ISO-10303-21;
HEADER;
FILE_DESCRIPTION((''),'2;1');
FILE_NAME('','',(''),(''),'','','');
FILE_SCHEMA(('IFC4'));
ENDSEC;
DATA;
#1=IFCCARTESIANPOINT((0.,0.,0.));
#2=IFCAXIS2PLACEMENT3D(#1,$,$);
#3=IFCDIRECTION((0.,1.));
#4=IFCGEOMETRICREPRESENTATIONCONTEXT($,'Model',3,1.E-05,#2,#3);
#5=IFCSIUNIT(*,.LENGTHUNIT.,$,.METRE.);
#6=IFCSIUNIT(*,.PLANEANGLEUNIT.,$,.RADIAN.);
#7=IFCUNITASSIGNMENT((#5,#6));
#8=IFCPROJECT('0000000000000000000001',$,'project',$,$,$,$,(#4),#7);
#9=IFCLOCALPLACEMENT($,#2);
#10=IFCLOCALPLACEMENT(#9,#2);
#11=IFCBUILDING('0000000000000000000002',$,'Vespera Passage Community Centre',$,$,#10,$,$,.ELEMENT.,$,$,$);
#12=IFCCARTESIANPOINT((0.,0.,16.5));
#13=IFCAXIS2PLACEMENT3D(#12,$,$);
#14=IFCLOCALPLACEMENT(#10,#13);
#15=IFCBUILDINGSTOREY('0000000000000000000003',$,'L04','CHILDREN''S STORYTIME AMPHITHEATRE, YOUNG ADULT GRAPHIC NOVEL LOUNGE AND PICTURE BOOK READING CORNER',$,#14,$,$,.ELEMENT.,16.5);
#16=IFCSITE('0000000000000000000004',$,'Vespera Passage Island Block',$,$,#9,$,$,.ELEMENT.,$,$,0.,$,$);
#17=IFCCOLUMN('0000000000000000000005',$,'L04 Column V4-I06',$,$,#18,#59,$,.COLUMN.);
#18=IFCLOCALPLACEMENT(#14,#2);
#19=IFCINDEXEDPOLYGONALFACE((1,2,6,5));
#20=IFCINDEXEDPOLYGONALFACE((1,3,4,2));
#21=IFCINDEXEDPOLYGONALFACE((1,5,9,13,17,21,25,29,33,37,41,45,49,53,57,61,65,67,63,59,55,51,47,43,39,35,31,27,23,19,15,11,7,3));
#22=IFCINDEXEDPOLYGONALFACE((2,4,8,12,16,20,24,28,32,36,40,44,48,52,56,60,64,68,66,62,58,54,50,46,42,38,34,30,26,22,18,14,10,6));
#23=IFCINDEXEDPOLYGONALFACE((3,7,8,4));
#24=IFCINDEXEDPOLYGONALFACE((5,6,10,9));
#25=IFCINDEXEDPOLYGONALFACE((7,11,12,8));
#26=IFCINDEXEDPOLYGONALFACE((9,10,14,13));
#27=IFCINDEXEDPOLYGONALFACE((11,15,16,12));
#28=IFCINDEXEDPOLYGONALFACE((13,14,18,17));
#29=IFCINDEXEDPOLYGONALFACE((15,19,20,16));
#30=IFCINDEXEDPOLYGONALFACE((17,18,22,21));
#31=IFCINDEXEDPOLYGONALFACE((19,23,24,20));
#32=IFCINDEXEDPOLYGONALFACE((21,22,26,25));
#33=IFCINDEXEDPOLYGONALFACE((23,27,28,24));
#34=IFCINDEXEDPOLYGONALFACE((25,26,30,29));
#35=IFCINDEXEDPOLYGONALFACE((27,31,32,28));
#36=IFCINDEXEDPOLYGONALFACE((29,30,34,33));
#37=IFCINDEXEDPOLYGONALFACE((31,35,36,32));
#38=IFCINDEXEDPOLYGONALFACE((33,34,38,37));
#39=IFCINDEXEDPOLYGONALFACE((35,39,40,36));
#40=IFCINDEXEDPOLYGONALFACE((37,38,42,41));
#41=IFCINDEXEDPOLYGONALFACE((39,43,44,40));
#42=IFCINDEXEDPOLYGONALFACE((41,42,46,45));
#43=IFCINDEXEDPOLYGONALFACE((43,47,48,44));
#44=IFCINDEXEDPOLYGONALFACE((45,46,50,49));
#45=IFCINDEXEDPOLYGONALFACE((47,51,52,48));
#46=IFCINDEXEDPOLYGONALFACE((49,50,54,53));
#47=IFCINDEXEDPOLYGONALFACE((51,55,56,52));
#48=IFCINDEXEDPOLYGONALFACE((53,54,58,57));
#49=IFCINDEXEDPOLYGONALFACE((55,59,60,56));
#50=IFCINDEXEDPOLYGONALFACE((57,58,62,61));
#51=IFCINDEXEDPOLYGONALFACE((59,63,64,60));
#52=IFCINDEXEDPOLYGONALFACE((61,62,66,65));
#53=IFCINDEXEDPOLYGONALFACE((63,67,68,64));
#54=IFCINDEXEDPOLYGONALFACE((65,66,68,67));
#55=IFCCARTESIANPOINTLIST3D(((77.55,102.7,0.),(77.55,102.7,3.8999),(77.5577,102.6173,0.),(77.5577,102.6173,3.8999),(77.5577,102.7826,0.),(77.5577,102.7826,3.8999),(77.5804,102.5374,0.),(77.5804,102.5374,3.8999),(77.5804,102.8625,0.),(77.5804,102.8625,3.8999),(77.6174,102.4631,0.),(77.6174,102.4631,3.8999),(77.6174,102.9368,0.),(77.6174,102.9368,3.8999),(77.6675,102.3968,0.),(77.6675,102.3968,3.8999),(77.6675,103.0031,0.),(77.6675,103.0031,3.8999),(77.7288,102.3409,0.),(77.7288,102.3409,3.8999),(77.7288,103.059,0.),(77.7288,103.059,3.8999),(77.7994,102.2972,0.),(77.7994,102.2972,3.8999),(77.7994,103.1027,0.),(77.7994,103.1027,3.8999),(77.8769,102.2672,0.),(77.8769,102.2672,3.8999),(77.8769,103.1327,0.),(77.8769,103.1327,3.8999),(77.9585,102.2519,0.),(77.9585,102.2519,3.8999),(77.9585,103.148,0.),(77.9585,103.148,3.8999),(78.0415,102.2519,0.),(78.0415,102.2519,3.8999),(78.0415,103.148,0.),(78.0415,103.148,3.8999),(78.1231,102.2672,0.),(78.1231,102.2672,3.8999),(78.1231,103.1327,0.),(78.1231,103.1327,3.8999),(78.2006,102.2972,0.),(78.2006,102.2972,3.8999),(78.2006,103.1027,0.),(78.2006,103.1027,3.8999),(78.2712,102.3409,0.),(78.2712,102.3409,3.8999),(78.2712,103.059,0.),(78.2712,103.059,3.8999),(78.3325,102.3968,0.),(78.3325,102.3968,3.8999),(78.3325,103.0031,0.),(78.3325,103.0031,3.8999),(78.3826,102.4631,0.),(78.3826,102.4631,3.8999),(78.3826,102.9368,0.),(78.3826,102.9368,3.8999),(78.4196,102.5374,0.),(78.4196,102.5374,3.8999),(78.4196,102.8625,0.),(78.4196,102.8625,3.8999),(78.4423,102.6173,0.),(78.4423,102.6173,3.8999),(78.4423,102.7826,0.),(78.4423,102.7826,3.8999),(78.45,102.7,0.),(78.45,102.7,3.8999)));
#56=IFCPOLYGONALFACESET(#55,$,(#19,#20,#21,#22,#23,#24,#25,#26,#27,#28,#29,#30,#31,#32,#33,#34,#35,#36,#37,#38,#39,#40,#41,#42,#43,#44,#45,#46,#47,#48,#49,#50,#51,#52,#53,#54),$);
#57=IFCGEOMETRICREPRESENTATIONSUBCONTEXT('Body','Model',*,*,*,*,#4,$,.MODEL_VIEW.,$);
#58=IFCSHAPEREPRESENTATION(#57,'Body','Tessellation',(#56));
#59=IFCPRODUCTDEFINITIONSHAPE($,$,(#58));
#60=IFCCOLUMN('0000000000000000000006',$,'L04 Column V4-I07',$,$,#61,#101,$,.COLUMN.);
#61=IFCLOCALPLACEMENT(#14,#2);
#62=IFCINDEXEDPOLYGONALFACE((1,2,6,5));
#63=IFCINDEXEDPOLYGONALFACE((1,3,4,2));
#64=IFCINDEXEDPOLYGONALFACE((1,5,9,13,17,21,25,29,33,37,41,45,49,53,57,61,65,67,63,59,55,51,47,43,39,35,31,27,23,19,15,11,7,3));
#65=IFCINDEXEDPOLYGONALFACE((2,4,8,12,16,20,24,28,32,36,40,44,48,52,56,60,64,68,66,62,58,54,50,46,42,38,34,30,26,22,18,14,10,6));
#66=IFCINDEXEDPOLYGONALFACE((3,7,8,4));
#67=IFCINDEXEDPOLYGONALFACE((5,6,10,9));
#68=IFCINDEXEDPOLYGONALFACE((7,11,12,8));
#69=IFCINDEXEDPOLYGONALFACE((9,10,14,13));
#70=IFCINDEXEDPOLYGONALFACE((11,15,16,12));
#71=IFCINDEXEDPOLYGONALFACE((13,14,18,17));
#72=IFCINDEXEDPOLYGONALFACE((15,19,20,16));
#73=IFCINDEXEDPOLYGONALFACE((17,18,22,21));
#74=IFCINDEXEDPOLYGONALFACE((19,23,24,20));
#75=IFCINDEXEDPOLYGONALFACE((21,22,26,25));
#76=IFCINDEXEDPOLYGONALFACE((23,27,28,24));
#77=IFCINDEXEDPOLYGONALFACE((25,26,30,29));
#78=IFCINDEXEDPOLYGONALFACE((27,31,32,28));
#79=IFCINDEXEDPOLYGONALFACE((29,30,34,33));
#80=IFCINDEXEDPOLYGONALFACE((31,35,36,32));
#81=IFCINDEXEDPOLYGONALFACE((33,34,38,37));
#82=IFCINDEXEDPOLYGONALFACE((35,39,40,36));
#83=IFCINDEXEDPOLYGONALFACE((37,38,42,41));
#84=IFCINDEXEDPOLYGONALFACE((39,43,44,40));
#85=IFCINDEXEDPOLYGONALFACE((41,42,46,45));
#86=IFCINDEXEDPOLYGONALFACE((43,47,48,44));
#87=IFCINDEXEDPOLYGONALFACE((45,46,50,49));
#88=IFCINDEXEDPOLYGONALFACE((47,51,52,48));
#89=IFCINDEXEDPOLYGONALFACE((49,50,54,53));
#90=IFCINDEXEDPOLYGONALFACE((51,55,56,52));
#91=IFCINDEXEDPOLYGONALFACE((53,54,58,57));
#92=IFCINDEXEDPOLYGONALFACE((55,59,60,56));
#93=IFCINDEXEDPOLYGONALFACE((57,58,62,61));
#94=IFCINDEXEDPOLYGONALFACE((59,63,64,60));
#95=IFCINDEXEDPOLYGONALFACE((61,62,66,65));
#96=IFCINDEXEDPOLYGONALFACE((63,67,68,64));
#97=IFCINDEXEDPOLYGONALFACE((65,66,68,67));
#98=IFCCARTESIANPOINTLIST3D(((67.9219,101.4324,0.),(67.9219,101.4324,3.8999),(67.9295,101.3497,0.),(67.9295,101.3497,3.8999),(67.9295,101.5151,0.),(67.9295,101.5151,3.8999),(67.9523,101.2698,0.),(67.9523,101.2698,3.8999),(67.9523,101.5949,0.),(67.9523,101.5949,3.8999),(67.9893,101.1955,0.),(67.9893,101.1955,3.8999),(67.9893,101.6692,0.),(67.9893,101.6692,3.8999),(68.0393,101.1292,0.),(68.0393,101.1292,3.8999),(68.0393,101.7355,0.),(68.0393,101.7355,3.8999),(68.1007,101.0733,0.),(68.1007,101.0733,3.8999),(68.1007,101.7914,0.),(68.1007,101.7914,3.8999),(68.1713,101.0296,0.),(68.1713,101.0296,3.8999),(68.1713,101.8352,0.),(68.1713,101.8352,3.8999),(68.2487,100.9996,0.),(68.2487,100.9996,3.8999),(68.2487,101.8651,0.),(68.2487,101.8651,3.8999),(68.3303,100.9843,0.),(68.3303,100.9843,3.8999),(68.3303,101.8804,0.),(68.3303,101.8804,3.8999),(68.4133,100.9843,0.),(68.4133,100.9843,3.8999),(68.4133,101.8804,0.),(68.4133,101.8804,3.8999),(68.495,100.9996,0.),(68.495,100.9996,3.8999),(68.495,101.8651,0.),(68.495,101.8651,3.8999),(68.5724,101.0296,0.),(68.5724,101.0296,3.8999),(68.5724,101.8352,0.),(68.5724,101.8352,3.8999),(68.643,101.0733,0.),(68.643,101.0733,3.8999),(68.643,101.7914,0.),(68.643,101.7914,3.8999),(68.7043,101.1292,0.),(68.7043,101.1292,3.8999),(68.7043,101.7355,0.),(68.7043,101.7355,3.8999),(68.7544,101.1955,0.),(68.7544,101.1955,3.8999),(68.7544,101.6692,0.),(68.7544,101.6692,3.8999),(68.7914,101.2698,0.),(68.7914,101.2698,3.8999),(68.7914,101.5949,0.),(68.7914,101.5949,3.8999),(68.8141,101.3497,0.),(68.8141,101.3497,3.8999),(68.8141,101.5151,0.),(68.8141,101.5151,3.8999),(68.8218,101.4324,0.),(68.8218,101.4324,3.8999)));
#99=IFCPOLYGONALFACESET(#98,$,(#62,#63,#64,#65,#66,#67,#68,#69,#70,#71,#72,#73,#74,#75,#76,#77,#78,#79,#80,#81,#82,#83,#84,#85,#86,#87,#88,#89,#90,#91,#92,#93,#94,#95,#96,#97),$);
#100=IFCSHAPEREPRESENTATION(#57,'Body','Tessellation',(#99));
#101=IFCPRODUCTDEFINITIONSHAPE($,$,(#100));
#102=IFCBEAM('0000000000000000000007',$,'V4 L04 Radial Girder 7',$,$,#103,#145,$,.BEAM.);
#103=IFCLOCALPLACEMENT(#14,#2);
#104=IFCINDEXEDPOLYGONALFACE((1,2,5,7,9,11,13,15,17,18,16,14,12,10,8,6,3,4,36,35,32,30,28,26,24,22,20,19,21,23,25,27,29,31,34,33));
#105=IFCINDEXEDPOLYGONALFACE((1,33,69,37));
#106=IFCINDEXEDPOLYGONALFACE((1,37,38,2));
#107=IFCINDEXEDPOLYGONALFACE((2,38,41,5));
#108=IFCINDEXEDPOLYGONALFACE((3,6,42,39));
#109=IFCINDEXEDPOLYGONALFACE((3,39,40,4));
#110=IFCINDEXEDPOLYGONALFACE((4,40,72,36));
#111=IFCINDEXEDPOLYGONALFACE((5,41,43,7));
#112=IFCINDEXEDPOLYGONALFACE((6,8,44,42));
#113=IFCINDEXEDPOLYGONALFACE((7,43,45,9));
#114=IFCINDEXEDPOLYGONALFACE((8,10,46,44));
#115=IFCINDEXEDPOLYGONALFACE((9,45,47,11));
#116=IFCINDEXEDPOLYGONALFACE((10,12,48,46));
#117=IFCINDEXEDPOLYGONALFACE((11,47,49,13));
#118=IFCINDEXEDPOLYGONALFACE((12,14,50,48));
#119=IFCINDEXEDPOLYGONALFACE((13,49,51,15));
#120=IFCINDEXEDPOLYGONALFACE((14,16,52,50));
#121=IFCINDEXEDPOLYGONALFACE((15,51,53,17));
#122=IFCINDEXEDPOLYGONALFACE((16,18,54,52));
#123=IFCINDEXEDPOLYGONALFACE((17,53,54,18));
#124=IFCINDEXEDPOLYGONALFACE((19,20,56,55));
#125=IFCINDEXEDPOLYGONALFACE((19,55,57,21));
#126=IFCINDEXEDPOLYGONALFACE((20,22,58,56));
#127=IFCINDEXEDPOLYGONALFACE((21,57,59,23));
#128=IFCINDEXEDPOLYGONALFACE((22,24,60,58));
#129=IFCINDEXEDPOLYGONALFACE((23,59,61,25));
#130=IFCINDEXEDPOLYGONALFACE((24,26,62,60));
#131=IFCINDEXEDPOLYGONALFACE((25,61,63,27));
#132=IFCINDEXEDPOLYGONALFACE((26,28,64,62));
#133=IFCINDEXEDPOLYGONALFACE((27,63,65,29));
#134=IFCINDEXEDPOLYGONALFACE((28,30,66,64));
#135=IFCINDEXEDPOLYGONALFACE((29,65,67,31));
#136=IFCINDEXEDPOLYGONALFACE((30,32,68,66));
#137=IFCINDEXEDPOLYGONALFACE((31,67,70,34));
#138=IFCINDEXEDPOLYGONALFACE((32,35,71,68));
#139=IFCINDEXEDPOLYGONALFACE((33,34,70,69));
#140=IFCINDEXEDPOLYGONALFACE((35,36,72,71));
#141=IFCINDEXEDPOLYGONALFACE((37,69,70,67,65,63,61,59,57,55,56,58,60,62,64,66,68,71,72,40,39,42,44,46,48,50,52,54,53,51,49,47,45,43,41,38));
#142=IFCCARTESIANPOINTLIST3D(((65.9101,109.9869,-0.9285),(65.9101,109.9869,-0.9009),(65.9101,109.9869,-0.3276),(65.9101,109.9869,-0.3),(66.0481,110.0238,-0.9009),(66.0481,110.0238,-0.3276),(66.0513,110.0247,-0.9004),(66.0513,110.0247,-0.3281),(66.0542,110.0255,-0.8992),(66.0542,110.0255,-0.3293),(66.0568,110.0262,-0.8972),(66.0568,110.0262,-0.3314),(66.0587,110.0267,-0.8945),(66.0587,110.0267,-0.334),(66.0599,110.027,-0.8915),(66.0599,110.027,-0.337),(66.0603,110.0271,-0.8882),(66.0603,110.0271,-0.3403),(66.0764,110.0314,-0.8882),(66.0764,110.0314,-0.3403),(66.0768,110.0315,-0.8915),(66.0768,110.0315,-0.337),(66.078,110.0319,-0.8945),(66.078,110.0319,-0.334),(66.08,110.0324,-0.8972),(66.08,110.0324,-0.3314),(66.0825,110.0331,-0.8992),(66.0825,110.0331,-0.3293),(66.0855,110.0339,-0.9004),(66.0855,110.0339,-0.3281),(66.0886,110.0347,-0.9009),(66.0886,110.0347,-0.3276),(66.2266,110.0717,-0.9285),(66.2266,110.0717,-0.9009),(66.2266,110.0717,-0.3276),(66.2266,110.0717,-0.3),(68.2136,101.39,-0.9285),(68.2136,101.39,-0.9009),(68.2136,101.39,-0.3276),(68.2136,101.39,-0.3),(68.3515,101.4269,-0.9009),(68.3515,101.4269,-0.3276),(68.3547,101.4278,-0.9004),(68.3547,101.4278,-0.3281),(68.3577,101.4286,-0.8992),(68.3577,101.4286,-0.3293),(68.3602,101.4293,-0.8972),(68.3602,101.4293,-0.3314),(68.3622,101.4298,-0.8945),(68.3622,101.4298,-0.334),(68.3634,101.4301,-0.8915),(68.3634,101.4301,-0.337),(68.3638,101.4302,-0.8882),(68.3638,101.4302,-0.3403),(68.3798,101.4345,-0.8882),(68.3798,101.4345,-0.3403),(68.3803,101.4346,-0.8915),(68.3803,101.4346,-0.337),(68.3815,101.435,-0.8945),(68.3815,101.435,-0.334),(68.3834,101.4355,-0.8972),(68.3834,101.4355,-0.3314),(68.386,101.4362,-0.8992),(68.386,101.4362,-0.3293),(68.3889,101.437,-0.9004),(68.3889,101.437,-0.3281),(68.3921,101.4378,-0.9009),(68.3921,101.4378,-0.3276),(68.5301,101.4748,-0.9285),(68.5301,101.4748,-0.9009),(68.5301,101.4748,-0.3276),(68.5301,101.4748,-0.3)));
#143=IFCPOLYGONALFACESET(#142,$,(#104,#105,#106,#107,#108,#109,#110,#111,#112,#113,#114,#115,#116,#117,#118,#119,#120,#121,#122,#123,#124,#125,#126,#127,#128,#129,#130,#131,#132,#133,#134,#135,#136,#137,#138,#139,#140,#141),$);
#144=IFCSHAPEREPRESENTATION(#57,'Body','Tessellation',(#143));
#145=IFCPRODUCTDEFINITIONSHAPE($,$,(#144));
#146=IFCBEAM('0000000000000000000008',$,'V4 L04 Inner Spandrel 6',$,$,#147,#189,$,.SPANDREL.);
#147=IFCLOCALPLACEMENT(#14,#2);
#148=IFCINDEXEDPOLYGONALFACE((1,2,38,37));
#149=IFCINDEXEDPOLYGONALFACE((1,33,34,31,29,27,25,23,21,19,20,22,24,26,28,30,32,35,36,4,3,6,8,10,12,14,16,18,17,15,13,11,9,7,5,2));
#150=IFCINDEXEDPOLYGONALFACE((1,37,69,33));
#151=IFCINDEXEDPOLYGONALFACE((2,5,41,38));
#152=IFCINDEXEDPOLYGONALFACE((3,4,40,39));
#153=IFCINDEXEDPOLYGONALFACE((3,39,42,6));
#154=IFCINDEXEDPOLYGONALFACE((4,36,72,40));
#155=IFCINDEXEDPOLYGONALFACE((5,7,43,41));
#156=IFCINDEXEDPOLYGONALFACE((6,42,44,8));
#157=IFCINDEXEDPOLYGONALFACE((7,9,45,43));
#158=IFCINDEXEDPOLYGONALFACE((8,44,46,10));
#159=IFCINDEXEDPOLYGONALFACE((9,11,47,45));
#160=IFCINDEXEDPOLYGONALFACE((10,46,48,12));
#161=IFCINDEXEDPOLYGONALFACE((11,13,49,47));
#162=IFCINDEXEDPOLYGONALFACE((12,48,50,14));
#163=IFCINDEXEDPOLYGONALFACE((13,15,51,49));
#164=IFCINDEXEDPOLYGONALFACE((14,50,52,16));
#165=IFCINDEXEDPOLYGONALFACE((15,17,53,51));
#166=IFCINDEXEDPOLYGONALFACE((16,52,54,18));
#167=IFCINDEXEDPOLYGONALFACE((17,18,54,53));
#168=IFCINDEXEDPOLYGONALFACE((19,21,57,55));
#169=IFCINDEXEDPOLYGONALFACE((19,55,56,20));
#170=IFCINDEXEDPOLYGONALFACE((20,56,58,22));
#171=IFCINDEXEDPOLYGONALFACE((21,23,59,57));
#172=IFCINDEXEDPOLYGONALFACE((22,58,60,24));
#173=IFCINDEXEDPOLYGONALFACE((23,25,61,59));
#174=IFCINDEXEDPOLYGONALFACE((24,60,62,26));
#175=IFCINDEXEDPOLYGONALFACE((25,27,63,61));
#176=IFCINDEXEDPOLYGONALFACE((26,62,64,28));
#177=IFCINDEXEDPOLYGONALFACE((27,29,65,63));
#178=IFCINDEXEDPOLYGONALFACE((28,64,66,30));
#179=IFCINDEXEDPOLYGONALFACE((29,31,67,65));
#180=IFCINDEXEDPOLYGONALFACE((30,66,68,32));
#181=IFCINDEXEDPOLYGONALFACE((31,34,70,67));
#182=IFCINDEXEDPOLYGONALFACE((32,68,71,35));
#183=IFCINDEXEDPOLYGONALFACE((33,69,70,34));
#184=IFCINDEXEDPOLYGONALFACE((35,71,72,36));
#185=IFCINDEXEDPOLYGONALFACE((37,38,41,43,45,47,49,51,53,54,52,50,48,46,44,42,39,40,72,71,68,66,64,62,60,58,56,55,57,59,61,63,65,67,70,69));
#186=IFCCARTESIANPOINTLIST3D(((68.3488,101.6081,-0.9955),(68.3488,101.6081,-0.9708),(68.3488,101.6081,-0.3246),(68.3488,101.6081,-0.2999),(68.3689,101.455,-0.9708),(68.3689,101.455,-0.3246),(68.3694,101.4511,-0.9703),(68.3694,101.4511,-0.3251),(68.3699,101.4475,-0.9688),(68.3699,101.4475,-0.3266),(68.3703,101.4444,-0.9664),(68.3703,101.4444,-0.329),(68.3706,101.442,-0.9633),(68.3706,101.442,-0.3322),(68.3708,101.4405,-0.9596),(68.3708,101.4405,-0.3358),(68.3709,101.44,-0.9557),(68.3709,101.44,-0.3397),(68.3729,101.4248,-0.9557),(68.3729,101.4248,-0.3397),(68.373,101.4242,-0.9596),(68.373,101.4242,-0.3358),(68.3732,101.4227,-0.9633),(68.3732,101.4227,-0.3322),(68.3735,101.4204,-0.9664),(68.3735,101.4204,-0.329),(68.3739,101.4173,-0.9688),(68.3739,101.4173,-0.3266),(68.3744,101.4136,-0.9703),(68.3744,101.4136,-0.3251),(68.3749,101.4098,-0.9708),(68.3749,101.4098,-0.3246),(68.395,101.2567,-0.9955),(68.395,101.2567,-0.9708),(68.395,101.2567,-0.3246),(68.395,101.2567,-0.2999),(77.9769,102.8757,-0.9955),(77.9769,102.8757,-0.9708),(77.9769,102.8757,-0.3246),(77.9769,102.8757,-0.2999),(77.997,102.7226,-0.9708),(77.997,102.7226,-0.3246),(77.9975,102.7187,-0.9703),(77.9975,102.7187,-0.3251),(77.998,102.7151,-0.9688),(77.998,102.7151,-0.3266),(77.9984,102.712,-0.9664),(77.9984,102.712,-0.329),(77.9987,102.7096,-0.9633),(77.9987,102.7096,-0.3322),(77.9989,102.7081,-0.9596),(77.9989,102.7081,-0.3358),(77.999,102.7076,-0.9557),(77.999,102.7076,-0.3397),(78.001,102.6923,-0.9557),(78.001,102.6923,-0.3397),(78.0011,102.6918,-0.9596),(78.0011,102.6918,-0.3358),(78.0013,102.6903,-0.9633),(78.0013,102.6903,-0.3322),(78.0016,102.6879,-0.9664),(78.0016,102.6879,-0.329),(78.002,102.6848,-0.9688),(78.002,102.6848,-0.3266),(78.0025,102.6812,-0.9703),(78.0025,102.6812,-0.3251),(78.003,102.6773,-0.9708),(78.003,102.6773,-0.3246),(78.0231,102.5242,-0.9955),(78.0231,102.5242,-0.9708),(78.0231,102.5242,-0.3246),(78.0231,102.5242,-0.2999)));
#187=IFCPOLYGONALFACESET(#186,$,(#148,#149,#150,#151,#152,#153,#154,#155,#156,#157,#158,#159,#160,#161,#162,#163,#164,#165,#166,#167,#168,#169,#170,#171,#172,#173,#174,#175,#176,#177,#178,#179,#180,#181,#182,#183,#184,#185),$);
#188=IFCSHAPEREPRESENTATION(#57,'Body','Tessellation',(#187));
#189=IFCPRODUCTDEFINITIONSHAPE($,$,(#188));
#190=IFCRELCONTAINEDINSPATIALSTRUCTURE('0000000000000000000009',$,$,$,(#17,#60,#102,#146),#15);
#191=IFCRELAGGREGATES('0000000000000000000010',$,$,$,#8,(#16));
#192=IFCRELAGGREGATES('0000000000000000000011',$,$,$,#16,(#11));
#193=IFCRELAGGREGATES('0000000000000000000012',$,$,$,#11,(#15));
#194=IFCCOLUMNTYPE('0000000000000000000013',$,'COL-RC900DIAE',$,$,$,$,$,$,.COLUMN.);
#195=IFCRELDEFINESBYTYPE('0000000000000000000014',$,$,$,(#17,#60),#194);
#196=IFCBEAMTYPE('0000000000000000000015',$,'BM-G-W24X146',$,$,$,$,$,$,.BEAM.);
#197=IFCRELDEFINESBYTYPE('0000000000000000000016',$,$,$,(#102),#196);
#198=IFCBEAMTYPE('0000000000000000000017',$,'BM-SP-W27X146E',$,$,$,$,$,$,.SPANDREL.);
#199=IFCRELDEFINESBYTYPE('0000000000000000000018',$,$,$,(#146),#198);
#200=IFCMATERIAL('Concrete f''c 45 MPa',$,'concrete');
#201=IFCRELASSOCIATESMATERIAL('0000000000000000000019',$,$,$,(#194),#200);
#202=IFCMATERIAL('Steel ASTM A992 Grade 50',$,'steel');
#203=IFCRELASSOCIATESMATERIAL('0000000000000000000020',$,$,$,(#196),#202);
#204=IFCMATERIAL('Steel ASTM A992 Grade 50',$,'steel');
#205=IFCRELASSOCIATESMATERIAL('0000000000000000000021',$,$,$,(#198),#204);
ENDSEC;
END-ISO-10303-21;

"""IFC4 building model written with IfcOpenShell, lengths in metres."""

from ifc_helpers import new_model, si_unit, direction, frame, origin, origin_2d, place, context, subcontext, project, spatial, circle, i_section, extrude, material, material_profile, profile_set, type_object, element, save


model = new_model("IFC4")

# Units and contexts
model_context = context("Model", 3, precision=1e-05, world=origin(), true_north=direction((0.0, 1.0)))
body_context = subcontext(model_context, "Body", "Model", "MODEL_VIEW")
ifc_project = project(units=[si_unit("LENGTHUNIT", "METRE"), si_unit("PLANEANGLEUNIT", "RADIAN")], contexts=[model_context])

# Site, building, storey
site_placement = place(None, origin())
site = spatial("IfcSite", under=ifc_project, at=site_placement, Name="Vespera Passage Island Block", CompositionType="ELEMENT", RefElevation=0.0)
building_placement = place(site_placement, origin())
building = spatial("IfcBuilding", under=site, at=building_placement, Name="Vespera Passage Community Centre", CompositionType="ELEMENT")
storey_placement = place(building_placement, frame((0.0, 0.0, 16.5)))
storey = spatial("IfcBuildingStorey", under=building, at=storey_placement, Name="L04", Description="CHILDREN'S STORYTIME AMPHITHEATRE, YOUNG ADULT GRAPHIC NOVEL LOUNGE AND PICTURE BOOK READING CORNER", CompositionType="ELEMENT", Elevation=16.5)

# Columns
ifc_material_1 = material(Name="Concrete f'c 45 MPa", Category="concrete")
ifc_material_profile_1 = material_profile(ifc_material_1, circle(Radius=0.45, at=origin_2d()), Name="RC900DIA")
ifc_profile_set_1 = profile_set([ifc_material_profile_1], Name="Concrete f'c 45 MPa")
column_type = type_object("IfcColumnType", Name="COL-RC900DIAE", PredefinedType="COLUMN", material=ifc_profile_set_1)
for number, where, z_axis, x_axis, name in (
    (1, (78.0, 102.7, 0.0), (0.0, 0.0, 1.0), (1.0, 0.0, 0.0), "L04 Column V4-I06"),
    (2, (68.3718, 101.4324, 0.0), (0.0, 0.0, 1.0), (1.0, 0.0, 0.0), "L04 Column V4-I07"),
):
    element("IfcColumn", number, at=place(storey_placement, frame(where, z_axis=z_axis, x_axis=x_axis)), inside=storey, type_object=column_type, Name=name, PredefinedType="COLUMN", context=body_context, shape_type="SweptSolid", body=[
        extrude(circle(Radius=0.45, at=origin_2d()), origin(), (0.0, 0.0, 1.0), 3.8999),
    ])

# Beams
ifc_material_2 = material(Name="Steel ASTM A992 Grade 50", Category="steel")
ifc_material_profile_2 = material_profile(ifc_material_2, i_section(OverallWidth=0.3276, OverallDepth=0.6284, WebThickness=0.0166, FlangeThickness=0.0276, FilletRadius=0.0127, at=origin_2d()), Name="W24X146")
ifc_profile_set_2 = profile_set([ifc_material_profile_2], Name="Steel ASTM A992 Grade 50")
beam_type_1 = type_object("IfcBeamType", Name="BM-G-W24X146", PredefinedType="BEAM", material=ifc_profile_set_2)
beam_placement = place(storey_placement, frame((68.3718, 101.4324, -0.6143), z_axis=(-0.258811, 0.965928, 0.0), x_axis=(-0.965928, -0.258811, 0.0)))
element("IfcBeam", 3, at=beam_placement, inside=storey, type_object=beam_type_1, Name="V4 L04 Radial Girder 7", PredefinedType="BEAM", context=body_context, shape_type="SweptSolid", body=[
    extrude(i_section(OverallWidth=0.3276, OverallDepth=0.6284, WebThickness=0.0166, FlangeThickness=0.0276, FilletRadius=0.0127, at=origin_2d()), origin(), (0.0, 0.0, 1.0), 8.9001),
])
ifc_material_3 = material(Name="Steel ASTM A992 Grade 50", Category="steel")
ifc_material_profile_3 = material_profile(ifc_material_3, i_section(OverallWidth=0.3545, OverallDepth=0.6956, WebThickness=0.0154, FlangeThickness=0.0247, FilletRadius=0.0151, at=origin_2d()), Name="W27X146")
ifc_profile_set_3 = profile_set([ifc_material_profile_3], Name="Steel ASTM A992 Grade 50")
beam_type_2 = type_object("IfcBeamType", Name="BM-SP-W27X146E", PredefinedType="SPANDREL", material=ifc_profile_set_3)
for number, where, z_axis, x_axis, name in (
    (4, (78.0, 102.7, -0.6477), (-0.991445, -0.130527, 0.0), (0.130527, -0.991445, 0.0), "V4 L04 Inner Spandrel 6"),
):
    element("IfcBeam", number, at=place(storey_placement, frame(where, z_axis=z_axis, x_axis=x_axis)), inside=storey, type_object=beam_type_2, Name=name, PredefinedType="SPANDREL", context=body_context, shape_type="SweptSolid", body=[
        extrude(i_section(OverallWidth=0.3545, OverallDepth=0.6956, WebThickness=0.0154, FlangeThickness=0.0247, FilletRadius=0.0151, at=origin_2d()), origin(), (0.0, 0.0, 1.0), 9.7112),
    ])

save(model, "model.ifc")
